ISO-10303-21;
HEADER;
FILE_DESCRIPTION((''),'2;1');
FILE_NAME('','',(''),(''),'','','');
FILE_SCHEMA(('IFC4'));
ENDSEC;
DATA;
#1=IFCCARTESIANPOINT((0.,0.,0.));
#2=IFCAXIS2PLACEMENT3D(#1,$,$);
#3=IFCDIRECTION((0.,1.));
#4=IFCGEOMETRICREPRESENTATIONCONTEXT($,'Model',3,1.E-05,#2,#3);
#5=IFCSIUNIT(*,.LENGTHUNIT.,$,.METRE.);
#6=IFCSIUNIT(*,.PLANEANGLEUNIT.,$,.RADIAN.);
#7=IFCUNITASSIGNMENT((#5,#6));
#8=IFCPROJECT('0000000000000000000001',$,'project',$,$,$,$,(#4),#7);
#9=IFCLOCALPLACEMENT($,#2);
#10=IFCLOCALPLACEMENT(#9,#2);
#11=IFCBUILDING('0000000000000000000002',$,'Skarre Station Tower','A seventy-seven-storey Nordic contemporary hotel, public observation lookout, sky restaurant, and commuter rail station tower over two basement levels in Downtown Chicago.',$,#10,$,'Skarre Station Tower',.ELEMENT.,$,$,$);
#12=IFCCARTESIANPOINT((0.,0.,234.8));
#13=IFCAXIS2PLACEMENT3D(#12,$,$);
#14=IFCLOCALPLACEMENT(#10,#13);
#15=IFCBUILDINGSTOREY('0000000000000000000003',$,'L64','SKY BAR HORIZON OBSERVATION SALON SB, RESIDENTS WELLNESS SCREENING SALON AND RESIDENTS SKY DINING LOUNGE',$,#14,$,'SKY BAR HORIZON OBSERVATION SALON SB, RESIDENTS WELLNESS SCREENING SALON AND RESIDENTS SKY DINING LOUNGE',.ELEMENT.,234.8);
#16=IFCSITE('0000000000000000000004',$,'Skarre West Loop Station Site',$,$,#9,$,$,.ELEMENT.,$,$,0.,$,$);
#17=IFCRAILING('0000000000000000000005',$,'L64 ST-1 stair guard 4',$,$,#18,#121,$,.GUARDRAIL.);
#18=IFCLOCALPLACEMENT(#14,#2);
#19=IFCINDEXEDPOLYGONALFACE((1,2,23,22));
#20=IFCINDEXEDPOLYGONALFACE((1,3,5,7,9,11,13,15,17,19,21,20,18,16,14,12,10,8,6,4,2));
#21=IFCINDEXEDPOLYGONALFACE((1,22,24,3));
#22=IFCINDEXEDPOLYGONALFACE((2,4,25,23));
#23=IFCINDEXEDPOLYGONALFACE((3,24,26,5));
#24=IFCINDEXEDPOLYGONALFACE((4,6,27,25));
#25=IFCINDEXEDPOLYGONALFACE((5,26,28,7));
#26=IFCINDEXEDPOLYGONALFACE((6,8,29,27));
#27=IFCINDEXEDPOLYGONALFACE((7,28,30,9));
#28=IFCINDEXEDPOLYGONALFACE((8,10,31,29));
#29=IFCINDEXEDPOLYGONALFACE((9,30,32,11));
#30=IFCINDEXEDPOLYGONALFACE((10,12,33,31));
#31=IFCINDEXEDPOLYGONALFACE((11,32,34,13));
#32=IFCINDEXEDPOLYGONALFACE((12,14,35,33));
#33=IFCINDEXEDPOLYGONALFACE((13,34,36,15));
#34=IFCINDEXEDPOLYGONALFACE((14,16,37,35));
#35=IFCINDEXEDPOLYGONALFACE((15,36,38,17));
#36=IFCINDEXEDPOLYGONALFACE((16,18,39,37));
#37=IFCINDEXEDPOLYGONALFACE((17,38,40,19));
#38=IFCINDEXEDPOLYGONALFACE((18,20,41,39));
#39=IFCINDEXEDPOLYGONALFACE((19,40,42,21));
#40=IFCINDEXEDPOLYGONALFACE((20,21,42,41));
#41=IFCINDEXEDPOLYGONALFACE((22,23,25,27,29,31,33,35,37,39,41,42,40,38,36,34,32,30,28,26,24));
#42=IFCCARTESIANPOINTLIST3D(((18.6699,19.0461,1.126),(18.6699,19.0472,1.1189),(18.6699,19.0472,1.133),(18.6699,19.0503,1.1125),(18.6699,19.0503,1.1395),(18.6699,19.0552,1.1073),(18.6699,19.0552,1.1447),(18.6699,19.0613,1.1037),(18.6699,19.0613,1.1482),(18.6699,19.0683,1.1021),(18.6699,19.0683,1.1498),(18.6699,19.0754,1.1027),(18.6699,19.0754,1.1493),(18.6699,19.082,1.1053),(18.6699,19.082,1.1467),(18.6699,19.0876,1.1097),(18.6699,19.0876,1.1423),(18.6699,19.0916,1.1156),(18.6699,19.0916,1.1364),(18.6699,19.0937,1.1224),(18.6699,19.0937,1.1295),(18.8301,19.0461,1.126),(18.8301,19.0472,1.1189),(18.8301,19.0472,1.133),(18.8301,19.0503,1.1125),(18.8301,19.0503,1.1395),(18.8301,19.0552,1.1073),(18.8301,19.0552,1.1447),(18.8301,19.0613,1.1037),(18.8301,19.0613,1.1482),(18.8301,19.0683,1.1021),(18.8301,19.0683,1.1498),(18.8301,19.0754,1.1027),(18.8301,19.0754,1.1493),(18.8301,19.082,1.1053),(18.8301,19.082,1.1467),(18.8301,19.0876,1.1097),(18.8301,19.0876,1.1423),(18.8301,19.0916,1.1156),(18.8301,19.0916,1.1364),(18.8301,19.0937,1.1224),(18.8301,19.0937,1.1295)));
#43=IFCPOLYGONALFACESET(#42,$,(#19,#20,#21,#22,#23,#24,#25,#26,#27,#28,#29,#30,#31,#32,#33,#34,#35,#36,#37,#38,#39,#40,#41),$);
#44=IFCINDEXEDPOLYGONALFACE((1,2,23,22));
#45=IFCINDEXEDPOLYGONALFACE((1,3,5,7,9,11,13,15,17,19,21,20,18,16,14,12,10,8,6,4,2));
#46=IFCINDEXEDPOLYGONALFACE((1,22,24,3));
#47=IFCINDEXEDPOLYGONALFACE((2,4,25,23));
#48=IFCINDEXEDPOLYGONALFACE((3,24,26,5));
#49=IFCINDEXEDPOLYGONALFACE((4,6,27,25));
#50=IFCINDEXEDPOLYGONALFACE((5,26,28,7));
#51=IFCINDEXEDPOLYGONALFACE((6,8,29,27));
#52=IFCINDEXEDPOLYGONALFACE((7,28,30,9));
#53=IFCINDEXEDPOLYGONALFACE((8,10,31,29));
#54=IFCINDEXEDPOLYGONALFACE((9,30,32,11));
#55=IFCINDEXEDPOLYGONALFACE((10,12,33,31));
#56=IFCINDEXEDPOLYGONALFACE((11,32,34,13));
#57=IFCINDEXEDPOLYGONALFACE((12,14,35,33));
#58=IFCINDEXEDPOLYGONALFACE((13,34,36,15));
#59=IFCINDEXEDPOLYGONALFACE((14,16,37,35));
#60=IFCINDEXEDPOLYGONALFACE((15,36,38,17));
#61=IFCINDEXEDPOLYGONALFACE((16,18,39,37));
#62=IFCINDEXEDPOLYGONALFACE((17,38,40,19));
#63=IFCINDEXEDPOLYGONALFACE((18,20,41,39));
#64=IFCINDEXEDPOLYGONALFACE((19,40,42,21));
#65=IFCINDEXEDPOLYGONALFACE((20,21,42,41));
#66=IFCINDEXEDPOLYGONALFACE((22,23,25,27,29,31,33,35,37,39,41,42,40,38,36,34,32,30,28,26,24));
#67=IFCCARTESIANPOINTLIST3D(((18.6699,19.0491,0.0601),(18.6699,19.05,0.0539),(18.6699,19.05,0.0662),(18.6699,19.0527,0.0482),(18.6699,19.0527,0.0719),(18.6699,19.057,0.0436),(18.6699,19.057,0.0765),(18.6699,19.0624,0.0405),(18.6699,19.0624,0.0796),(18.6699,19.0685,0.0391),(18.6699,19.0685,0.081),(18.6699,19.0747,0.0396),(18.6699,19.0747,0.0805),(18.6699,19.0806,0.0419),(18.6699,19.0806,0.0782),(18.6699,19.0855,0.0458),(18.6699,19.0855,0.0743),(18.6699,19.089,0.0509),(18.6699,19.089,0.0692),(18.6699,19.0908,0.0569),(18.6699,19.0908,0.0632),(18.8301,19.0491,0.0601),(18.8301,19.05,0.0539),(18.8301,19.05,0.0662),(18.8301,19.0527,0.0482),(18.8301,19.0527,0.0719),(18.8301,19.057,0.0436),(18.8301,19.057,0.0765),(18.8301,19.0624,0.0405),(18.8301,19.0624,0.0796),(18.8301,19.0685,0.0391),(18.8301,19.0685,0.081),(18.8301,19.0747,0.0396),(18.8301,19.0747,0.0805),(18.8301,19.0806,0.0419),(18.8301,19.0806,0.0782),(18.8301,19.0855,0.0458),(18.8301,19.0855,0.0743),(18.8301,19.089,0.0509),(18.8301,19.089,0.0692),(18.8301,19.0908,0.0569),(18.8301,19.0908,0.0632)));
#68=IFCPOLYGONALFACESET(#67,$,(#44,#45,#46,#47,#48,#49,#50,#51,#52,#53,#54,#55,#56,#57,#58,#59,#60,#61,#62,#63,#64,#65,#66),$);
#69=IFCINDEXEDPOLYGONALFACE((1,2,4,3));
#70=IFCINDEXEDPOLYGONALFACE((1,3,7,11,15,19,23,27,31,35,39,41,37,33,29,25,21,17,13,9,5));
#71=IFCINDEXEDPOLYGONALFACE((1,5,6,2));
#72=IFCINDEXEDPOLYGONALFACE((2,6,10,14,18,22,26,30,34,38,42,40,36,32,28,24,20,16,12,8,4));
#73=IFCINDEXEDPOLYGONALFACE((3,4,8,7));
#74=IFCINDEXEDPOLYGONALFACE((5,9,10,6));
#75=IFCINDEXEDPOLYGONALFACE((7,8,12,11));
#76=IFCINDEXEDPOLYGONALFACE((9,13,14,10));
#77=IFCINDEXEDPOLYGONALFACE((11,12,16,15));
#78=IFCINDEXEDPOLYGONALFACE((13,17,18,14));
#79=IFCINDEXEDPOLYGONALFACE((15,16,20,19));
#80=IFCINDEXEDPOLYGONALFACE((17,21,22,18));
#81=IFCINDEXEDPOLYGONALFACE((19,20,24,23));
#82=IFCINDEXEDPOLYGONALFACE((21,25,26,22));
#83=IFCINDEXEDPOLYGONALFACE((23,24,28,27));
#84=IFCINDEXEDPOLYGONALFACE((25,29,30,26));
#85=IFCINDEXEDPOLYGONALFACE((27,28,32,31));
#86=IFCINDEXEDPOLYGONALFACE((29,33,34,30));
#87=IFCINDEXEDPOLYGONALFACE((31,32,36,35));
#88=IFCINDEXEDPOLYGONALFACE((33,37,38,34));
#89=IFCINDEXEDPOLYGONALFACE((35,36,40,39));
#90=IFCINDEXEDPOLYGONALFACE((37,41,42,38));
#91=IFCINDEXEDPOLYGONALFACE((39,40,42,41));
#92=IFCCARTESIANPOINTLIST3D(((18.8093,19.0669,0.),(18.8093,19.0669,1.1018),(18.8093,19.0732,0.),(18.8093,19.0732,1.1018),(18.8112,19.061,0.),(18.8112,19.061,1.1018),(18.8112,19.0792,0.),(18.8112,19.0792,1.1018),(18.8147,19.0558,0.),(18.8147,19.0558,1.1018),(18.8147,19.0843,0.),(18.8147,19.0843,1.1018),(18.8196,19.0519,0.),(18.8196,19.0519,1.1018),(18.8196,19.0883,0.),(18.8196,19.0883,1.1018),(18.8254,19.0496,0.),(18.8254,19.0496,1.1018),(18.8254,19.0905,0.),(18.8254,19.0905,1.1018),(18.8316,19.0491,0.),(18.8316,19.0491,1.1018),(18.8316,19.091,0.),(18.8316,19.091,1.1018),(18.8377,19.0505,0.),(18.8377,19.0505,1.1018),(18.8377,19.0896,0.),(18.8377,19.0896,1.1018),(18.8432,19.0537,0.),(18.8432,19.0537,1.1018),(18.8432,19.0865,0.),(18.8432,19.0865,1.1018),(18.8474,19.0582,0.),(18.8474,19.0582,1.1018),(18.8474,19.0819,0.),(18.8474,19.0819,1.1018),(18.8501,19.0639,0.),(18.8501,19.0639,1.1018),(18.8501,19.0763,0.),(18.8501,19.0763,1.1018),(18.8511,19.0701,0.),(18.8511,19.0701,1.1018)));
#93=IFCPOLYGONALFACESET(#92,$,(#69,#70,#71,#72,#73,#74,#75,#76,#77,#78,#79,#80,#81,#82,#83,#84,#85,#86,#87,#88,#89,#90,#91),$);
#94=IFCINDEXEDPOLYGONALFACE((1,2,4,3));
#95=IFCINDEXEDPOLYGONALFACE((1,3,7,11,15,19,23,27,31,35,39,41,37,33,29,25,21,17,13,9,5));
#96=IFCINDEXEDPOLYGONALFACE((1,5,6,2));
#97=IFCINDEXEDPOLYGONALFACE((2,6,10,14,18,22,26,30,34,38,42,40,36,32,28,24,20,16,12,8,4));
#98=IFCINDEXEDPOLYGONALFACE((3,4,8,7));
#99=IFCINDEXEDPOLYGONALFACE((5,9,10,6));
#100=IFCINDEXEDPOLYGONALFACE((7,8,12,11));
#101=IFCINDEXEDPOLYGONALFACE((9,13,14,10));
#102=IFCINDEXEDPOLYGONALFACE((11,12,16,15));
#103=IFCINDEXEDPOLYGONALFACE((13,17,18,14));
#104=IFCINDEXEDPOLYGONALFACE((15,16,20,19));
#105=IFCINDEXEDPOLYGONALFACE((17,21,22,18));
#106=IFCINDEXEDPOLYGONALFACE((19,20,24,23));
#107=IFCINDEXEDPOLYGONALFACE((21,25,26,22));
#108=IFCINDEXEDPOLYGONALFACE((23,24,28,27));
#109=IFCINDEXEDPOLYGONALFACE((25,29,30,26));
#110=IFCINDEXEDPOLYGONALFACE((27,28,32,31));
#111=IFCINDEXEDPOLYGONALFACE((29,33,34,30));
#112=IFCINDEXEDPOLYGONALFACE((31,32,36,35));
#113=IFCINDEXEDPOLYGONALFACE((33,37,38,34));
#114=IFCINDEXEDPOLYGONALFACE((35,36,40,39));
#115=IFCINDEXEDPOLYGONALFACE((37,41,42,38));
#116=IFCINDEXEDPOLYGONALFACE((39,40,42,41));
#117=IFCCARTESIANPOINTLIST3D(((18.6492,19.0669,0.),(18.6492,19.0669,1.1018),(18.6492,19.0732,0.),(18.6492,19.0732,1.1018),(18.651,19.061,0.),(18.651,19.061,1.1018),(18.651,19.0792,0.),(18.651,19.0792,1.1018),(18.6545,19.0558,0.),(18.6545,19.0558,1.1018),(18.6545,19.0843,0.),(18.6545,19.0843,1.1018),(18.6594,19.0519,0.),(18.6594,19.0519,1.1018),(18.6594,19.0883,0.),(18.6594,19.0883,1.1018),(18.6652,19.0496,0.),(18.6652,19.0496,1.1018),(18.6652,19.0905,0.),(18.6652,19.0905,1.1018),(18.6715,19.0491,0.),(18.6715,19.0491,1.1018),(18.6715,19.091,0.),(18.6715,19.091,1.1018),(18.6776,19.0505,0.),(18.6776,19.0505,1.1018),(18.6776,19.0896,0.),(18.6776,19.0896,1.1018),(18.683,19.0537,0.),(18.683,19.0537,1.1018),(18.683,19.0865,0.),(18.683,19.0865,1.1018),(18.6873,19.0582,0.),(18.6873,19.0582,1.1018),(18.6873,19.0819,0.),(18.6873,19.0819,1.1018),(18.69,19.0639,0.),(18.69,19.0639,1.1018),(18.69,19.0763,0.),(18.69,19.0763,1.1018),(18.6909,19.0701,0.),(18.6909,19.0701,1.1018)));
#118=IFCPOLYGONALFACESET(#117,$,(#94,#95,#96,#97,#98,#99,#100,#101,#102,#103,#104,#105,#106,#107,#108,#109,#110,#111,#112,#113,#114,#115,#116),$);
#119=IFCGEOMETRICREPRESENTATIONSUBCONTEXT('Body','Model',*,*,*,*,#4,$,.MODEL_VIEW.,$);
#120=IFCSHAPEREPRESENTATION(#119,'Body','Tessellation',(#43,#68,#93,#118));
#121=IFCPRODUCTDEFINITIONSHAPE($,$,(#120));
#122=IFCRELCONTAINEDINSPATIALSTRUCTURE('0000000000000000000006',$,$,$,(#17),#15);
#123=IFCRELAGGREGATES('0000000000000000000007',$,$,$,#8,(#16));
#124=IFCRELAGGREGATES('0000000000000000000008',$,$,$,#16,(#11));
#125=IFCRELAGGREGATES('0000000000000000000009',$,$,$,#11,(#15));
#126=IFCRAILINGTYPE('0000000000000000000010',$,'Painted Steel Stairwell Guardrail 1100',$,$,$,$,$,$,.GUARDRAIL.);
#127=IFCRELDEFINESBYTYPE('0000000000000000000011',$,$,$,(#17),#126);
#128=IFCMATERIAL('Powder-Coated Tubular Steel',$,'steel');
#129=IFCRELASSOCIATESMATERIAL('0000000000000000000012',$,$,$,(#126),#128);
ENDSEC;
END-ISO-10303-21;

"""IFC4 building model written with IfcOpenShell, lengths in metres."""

from ifc_helpers import new_model, si_unit, direction, frame, origin, origin_2d, place, context, subcontext, project, spatial, circle, extrude, material, type_object, element, save


model = new_model("IFC4")

# Units and contexts
model_context = context("Model", 3, precision=1e-05, world=origin(), true_north=direction((0.0, 1.0)))
body_context = subcontext(model_context, "Body", "Model", "MODEL_VIEW")
ifc_project = project(units=[si_unit("LENGTHUNIT", "METRE"), si_unit("PLANEANGLEUNIT", "RADIAN")], contexts=[model_context])

# Site, building, storey
site_placement = place(None, origin())
site = spatial("IfcSite", under=ifc_project, at=site_placement, Name="Skarre West Loop Station Site", CompositionType="ELEMENT", RefElevation=0.0)
building_placement = place(site_placement, origin())
building = spatial("IfcBuilding", under=site, at=building_placement, Name="Skarre Station Tower", Description="A seventy-seven-storey Nordic contemporary hotel, public observation lookout, sky restaurant, and commuter rail station tower over two basement levels in Downtown Chicago.", LongName="Skarre Station Tower", CompositionType="ELEMENT")
storey_placement = place(building_placement, frame((0.0, 0.0, 234.8)))
storey = spatial("IfcBuildingStorey", under=building, at=storey_placement, Name="L64", Description="SKY BAR HORIZON OBSERVATION SALON SB, RESIDENTS WELLNESS SCREENING SALON AND RESIDENTS SKY DINING LOUNGE", LongName="SKY BAR HORIZON OBSERVATION SALON SB, RESIDENTS WELLNESS SCREENING SALON AND RESIDENTS SKY DINING LOUNGE", CompositionType="ELEMENT", Elevation=234.8)

# Railing
ifc_material_1 = material(Name="Powder-Coated Tubular Steel", Category="steel")
railing_type_1 = type_object("IfcRailingType", Name="Painted Steel Stairwell Guardrail 1100", PredefinedType="GUARDRAIL", material=ifc_material_1)
railing_1_placement = place(storey_placement, frame((18.8301, 19.0701, 0.0)))
element("IfcRailing", 1, at=railing_1_placement, inside=storey, type_object=railing_type_1, Name="L64 ST-1 stair guard 4", PredefinedType="GUARDRAIL", context=body_context, shape_type="SweptSolid", body=[
    extrude(circle(Radius=0.0239, at=origin_2d()), frame((0.0, 0.0, 1.126), z_axis=(-1.0, 0.0, 0.0), x_axis=(0.0, -1.0, 0.0)), (0.0, 0.0, 1.0), 0.1602),
    extrude(circle(Radius=0.021, at=origin_2d()), frame((0.0, 0.0, 0.0601), z_axis=(-1.0, 0.0, 0.0), x_axis=(0.0, -1.0, 0.0)), (0.0, 0.0, 1.0), 0.1602),
    extrude(circle(Radius=0.021, at=origin_2d()), origin(), (0.0, 0.0, 1.0), 1.1018),
    extrude(circle(Radius=0.021, at=origin_2d()), frame((-0.1602, 0.0, 0.0)), (0.0, 0.0, 1.0), 1.1018),
])

save(model, "model.ifc")
